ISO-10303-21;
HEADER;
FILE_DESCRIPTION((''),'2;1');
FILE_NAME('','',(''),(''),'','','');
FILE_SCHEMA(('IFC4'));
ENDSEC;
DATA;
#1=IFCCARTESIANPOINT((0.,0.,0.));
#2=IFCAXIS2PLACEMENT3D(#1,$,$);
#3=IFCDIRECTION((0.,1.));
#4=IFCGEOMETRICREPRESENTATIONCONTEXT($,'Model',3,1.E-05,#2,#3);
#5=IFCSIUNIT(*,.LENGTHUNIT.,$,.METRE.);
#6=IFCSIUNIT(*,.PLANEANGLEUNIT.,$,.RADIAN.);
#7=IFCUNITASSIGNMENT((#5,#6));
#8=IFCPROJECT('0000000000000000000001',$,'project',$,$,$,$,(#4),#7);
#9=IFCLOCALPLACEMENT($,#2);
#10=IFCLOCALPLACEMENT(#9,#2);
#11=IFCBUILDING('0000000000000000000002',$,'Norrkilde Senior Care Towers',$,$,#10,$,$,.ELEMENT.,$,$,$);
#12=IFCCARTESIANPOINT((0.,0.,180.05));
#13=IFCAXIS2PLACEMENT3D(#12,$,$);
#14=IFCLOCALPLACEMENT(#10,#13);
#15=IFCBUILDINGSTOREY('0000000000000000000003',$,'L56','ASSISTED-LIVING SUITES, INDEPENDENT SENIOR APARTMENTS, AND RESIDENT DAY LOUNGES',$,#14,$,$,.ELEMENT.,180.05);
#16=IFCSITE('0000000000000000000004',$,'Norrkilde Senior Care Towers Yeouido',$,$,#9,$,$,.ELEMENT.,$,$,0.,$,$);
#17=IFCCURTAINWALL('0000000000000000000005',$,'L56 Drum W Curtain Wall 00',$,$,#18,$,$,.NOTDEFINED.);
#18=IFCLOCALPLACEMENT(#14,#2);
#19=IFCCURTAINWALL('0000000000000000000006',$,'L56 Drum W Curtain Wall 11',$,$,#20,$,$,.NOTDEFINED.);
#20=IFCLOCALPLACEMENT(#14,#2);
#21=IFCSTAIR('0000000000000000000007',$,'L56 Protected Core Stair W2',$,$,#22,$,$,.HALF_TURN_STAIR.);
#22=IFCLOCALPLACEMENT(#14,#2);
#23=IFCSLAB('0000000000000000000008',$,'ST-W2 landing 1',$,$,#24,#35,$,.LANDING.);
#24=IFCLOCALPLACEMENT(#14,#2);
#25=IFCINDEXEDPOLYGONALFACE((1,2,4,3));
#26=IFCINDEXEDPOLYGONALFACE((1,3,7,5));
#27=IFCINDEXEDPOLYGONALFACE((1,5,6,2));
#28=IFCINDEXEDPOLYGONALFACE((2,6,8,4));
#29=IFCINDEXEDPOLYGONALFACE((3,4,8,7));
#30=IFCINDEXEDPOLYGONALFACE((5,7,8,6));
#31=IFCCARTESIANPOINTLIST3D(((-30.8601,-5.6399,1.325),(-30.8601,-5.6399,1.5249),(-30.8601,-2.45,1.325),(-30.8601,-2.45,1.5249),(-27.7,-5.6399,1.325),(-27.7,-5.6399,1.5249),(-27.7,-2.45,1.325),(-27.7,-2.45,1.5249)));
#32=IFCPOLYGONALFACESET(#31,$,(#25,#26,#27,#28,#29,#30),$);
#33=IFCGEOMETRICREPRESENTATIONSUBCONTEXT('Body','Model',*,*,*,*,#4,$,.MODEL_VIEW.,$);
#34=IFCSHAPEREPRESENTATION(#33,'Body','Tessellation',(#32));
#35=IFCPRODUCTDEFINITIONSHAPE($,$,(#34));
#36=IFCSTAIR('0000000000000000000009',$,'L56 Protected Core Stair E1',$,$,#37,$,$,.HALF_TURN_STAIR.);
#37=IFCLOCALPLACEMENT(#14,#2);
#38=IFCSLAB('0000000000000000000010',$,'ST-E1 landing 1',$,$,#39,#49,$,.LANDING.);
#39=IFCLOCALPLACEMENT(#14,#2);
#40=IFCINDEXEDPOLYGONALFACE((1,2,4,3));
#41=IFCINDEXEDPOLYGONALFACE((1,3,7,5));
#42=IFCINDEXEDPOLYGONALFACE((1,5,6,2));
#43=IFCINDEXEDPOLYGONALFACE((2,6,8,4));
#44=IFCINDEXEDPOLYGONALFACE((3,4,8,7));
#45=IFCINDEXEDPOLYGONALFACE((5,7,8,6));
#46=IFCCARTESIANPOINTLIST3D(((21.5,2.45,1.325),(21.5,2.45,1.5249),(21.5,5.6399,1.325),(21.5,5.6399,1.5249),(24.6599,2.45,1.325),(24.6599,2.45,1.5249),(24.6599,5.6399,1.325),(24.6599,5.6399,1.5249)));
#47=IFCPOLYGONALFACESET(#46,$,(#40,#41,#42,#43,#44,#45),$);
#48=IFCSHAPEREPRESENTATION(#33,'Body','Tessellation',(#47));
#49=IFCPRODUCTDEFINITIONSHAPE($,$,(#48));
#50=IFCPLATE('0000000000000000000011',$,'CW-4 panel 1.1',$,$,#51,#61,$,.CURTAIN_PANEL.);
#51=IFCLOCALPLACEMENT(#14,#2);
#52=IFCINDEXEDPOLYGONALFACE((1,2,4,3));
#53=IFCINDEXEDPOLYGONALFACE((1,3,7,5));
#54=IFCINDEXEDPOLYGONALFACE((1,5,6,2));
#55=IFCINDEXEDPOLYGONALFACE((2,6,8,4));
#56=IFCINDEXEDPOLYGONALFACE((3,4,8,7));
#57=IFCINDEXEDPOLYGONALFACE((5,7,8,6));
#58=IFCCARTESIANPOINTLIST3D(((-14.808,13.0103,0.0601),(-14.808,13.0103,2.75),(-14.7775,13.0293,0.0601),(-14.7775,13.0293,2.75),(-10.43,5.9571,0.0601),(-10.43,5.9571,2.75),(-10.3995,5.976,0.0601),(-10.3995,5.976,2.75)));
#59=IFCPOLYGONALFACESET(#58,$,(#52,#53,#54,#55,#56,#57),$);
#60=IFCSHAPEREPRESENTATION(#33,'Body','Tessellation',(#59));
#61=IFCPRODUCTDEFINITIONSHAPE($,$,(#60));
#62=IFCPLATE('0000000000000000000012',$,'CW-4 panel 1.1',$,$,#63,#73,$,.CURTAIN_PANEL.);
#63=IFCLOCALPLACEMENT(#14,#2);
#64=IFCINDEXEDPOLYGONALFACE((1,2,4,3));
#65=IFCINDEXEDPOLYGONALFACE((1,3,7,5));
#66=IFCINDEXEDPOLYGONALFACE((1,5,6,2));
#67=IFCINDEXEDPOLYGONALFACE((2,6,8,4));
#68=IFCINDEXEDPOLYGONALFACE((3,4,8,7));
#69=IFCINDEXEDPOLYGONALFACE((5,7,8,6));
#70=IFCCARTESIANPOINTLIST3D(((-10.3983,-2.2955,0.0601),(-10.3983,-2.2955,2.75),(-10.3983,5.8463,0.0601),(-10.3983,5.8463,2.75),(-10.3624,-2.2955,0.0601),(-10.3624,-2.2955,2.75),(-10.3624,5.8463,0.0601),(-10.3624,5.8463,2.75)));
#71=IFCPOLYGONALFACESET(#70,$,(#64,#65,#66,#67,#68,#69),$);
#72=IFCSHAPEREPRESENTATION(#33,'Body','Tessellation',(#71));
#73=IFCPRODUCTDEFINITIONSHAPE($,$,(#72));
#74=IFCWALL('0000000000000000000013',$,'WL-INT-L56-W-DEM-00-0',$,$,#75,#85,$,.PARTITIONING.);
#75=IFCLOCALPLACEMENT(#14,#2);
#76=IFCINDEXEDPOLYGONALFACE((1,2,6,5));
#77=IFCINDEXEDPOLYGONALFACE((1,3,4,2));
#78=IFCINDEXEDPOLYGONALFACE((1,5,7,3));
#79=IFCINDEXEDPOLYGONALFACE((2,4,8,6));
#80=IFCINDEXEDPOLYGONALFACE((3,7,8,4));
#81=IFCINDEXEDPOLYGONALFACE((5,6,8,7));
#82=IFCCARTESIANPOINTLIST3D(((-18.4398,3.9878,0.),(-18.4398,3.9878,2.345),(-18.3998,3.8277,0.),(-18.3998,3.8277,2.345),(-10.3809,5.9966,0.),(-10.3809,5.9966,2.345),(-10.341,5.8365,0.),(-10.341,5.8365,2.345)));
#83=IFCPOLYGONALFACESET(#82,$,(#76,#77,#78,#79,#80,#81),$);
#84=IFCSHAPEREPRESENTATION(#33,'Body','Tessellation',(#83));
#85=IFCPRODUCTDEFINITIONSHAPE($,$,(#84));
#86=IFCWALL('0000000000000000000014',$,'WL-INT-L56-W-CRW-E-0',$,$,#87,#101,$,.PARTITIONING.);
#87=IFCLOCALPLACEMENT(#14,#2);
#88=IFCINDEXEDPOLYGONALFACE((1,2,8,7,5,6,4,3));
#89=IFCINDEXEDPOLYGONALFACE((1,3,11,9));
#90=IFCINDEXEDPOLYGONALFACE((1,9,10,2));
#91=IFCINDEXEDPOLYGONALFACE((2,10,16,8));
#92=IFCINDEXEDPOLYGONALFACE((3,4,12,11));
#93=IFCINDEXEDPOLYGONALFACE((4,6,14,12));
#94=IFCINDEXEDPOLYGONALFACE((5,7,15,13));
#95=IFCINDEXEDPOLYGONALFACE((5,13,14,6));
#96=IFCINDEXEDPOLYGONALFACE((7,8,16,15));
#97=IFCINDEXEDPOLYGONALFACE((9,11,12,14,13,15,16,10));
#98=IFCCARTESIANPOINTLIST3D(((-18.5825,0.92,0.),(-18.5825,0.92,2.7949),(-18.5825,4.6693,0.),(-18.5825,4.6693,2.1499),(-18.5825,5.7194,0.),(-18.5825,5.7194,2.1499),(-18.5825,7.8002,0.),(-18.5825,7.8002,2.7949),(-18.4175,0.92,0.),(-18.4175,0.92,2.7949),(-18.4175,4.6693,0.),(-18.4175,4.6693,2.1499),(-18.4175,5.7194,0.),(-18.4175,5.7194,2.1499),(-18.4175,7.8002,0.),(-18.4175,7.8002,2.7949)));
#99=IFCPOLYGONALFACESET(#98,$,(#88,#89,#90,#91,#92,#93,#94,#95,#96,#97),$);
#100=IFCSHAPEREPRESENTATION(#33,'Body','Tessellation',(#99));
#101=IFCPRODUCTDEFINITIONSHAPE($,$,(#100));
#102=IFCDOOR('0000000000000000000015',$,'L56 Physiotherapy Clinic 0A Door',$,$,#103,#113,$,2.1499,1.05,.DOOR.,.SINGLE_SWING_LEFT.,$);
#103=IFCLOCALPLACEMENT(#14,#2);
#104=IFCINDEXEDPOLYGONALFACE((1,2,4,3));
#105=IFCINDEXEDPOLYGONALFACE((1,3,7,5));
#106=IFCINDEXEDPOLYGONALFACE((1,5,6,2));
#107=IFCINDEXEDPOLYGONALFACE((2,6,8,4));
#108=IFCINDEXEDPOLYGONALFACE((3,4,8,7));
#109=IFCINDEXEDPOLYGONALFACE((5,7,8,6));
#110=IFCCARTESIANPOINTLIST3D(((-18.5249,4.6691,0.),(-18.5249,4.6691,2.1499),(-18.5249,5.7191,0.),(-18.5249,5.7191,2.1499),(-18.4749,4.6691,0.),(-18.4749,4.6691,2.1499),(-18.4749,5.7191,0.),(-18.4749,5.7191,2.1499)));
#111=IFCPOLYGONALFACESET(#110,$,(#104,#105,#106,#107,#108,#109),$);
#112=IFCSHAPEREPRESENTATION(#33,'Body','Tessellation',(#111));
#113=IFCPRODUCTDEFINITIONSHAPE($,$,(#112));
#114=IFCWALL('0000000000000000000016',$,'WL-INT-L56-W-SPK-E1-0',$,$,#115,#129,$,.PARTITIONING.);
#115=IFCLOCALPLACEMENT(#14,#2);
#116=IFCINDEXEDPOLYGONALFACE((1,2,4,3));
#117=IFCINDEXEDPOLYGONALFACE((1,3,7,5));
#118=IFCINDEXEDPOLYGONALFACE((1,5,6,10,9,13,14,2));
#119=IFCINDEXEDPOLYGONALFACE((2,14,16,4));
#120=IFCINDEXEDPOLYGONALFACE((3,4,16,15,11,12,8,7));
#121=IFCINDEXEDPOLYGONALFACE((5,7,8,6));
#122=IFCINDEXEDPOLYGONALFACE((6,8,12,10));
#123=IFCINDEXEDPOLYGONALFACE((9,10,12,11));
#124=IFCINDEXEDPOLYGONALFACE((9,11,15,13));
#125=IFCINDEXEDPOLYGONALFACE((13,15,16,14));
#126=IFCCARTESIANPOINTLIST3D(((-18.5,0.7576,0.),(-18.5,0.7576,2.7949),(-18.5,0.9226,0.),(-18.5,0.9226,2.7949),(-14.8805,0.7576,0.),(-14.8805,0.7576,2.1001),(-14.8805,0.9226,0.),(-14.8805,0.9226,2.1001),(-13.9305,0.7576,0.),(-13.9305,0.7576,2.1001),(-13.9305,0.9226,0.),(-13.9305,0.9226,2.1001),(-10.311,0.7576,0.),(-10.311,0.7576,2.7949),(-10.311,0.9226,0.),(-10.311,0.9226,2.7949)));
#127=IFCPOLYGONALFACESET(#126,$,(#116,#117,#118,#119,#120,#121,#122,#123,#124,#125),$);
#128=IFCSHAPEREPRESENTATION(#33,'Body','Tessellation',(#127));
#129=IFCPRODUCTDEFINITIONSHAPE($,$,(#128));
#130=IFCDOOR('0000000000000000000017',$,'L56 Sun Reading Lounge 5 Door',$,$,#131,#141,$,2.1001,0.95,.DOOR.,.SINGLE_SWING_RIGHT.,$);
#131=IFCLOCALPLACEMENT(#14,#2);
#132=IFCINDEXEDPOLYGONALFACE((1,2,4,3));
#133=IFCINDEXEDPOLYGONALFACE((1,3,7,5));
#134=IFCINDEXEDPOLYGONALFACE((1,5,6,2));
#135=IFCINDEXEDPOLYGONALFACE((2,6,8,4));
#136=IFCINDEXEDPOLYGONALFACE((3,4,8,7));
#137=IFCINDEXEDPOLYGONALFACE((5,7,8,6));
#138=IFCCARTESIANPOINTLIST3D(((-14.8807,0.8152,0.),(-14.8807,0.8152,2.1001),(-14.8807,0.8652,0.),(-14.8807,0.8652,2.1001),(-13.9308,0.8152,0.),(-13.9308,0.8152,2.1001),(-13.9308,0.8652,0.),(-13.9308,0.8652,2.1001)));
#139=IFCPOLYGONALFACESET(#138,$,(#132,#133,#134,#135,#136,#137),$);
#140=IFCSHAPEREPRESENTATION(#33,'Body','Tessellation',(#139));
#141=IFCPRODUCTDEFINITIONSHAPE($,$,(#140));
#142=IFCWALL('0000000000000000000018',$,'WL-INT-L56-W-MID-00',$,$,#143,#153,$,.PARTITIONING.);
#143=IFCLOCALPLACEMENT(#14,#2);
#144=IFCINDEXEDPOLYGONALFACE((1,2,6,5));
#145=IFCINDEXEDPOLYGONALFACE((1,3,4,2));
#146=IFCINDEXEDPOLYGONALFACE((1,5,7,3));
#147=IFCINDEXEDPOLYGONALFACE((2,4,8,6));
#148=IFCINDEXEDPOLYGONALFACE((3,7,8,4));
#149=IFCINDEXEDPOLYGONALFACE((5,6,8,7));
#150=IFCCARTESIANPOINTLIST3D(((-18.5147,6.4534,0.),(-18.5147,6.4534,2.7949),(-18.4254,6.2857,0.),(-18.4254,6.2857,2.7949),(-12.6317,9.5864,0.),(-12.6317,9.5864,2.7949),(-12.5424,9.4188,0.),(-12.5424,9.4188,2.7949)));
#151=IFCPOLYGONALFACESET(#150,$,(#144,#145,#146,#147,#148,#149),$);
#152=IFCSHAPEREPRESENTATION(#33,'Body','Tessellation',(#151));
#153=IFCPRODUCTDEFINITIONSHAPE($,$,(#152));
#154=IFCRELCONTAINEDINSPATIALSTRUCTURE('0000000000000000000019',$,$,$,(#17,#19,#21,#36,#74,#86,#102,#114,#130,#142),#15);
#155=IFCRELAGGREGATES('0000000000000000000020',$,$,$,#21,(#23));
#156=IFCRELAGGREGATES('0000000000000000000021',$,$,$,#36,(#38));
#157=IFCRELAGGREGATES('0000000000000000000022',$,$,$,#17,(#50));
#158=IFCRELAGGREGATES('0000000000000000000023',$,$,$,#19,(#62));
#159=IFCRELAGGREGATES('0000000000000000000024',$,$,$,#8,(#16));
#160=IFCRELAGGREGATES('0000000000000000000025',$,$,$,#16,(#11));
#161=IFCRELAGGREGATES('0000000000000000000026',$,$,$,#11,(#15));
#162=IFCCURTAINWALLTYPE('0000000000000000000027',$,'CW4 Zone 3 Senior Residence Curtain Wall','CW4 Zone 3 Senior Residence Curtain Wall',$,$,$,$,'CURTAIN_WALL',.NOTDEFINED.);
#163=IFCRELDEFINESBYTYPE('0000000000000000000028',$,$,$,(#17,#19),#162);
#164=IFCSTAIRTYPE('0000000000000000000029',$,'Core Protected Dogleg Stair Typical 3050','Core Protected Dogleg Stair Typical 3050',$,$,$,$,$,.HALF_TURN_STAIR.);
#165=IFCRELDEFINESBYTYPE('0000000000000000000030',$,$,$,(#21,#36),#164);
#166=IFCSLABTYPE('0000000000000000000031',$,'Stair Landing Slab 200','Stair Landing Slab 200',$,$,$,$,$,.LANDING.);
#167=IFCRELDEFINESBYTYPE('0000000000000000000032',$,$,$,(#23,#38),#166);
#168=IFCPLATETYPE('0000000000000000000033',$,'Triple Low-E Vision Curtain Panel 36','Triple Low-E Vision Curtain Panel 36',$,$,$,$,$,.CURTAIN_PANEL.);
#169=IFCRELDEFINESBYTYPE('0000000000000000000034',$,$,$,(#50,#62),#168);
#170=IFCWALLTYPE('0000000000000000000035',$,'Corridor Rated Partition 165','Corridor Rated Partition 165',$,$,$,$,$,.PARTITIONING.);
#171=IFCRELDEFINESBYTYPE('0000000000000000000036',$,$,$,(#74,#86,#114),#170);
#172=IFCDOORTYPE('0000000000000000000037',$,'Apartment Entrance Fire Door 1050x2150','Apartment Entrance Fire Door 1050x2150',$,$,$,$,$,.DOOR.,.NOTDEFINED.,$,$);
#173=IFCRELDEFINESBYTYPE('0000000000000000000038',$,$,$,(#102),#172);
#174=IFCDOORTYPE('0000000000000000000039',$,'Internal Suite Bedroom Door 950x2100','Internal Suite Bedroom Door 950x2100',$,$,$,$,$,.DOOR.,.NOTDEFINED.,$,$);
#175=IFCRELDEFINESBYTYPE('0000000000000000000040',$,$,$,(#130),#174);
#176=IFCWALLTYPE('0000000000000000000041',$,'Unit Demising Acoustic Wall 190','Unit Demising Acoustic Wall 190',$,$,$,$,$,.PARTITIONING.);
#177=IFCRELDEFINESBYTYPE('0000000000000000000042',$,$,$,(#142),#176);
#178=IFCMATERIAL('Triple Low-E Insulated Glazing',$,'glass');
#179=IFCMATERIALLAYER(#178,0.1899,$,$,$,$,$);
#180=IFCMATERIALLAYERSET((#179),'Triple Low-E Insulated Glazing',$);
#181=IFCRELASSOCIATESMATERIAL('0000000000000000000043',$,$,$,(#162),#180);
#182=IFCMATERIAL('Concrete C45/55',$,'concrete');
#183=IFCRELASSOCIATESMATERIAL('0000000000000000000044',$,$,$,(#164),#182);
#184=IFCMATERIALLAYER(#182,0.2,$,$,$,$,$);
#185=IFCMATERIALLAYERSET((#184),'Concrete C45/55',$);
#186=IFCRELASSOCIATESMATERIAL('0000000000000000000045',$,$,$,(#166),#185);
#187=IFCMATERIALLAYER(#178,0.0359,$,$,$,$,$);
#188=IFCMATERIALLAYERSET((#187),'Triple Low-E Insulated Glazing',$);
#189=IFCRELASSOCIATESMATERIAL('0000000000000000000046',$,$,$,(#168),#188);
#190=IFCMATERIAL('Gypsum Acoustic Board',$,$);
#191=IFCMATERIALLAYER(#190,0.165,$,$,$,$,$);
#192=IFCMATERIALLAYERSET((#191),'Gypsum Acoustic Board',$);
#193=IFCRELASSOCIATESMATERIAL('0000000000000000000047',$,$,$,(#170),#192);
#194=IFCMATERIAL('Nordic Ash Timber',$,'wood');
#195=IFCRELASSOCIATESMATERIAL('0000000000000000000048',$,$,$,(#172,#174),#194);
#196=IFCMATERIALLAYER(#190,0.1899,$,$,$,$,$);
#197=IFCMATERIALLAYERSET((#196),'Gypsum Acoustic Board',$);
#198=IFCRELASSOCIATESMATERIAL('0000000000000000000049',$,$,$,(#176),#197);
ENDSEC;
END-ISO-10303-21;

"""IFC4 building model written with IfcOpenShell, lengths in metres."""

from ifc_helpers import new_model, si_unit, direction, frame, frame_2d, origin, origin_2d, place, context, subcontext, project, spatial, polyline, rectangle, outline, extrude, source, transform, mapped, material, layer, layer_set, type_object, type_shapes, element, fill, aggregate, save


model = new_model("IFC4")

# Units and contexts
model_context = context("Model", 3, precision=1e-05, world=origin(), true_north=direction((0.0, 1.0)))
body_context = subcontext(model_context, "Body", "Model", "MODEL_VIEW")
ifc_project = project(units=[si_unit("LENGTHUNIT", "METRE"), si_unit("PLANEANGLEUNIT", "RADIAN")], contexts=[model_context])

# Site, building, storey
site_placement = place(None, origin())
site = spatial("IfcSite", under=ifc_project, at=site_placement, Name="Norrkilde Senior Care Towers Yeouido", CompositionType="ELEMENT", RefElevation=0.0)
building_placement = place(site_placement, origin())
building = spatial("IfcBuilding", under=site, at=building_placement, Name="Norrkilde Senior Care Towers", CompositionType="ELEMENT")
storey_placement = place(building_placement, frame((0.0, 0.0, 180.05)))
storey = spatial("IfcBuildingStorey", under=building, at=storey_placement, Name="L56", Description="ASSISTED-LIVING SUITES, INDEPENDENT SENIOR APARTMENTS, AND RESIDENT DAY LOUNGES", CompositionType="ELEMENT", Elevation=180.05)

# Curtain wall
ifc_material_1 = material(Name="Triple Low-E Insulated Glazing", Category="glass")
ifc_layer_1 = layer(ifc_material_1, 0.1899)
ifc_layer_set_1 = layer_set([ifc_layer_1], Name="Triple Low-E Insulated Glazing")
curtain_wall_type = type_object("IfcCurtainWallType", Name="CW4 Zone 3 Senior Residence Curtain Wall", Description="CW4 Zone 3 Senior Residence Curtain Wall", ElementType="CURTAIN_WALL", PredefinedType="NOTDEFINED", material=ifc_layer_set_1)
curtain_wall_1_placement = place(storey_placement, origin())
curtain_wall_1 = element("IfcCurtainWall", 1, at=curtain_wall_1_placement, inside=storey, type_object=curtain_wall_type, Name="L56 Drum W Curtain Wall 00", PredefinedType="NOTDEFINED")

# Curtain wall
curtain_wall_2_placement = place(storey_placement, origin())
curtain_wall_2 = element("IfcCurtainWall", 2, at=curtain_wall_2_placement, inside=storey, type_object=curtain_wall_type, Name="L56 Drum W Curtain Wall 11", PredefinedType="NOTDEFINED")

# Stairs, slabs
ifc_material_2 = material(Name="Concrete C45/55", Category="concrete")
stair_type = type_object("IfcStairType", Name="Core Protected Dogleg Stair Typical 3050", Description="Core Protected Dogleg Stair Typical 3050", PredefinedType="HALF_TURN_STAIR", material=ifc_material_2)
ifc_layer_2 = layer(ifc_material_2, 0.2)
ifc_layer_set_2 = layer_set([ifc_layer_2], Name="Concrete C45/55")
slab_type = type_object("IfcSlabType", Name="Stair Landing Slab 200", Description="Stair Landing Slab 200", PredefinedType="LANDING", material=ifc_layer_set_2)
stair_1_placement = place(storey_placement, origin())
stair_1 = element("IfcStair", 3, at=stair_1_placement, inside=storey, type_object=stair_type, Name="L56 Protected Core Stair W2", PredefinedType="HALF_TURN_STAIR")
slab_1_placement = place(storey_placement, frame((0.0, 0.0, 1.325)))
slab_1 = element("IfcSlab", 4, at=slab_1_placement, type_object=slab_type, Name="ST-W2 landing 1", PredefinedType="LANDING", context=body_context, shape_type="SweptSolid", body=[
    extrude(outline(polyline([(-30.8601, -5.6399), (-27.7, -5.6399), (-27.7, -2.45), (-30.8601, -2.45), (-30.8601, -5.6399)])), origin(), (0.0, 0.0, 1.0), 0.2),
])
aggregate(stair_1, [slab_1])
stair_2_placement = place(storey_placement, origin())
stair_2 = element("IfcStair", 5, at=stair_2_placement, inside=storey, type_object=stair_type, Name="L56 Protected Core Stair E1", PredefinedType="HALF_TURN_STAIR")
slab_2_placement = place(storey_placement, frame((0.0, 0.0, 1.325)))
slab_2 = element("IfcSlab", 6, at=slab_2_placement, type_object=slab_type, Name="ST-E1 landing 1", PredefinedType="LANDING", context=body_context, shape_type="SweptSolid", body=[
    extrude(outline(polyline([(24.6599, 5.6399), (21.5, 5.6399), (21.5, 2.45), (24.6599, 2.45), (24.6599, 5.6399)])), origin(), (0.0, 0.0, 1.0), 0.2),
])
aggregate(stair_2, [slab_2])

# Plates
ifc_layer_3 = layer(ifc_material_1, 0.0359)
ifc_layer_set_3 = layer_set([ifc_layer_3], Name="Triple Low-E Insulated Glazing")
plate_type = type_object("IfcPlateType", Name="Triple Low-E Vision Curtain Panel 36", Description="Triple Low-E Vision Curtain Panel 36", PredefinedType="CURTAIN_PANEL", material=ifc_layer_set_3)
shared_shape_1 = source(origin(), body_context, "Body", "SweptSolid", [
    extrude(rectangle(XDim=8.3015, YDim=0.0359, at=origin_2d()), origin(), (0.0, 0.0, 1.0), 2.6899),
])
plate_1_placement = place(storey_placement, frame((-12.6038, 9.4932, 0.0601), z_axis=(0.0, 0.0, 1.0), x_axis=(0.527373, -0.849634, 0.0)))
plate_1 = element("IfcPlate", 7, at=plate_1_placement, type_object=plate_type, Name="CW-4 panel 1.1", PredefinedType="CURTAIN_PANEL", context=body_context, shape_type="MappedRepresentation", body=[
    mapped(shared_shape_1, transform((0.0, 0.0, 0.0), x_axis=(1.0, 0.0, 0.0), y_axis=(0.0, 1.0, 0.0), z_axis=(0.0, 0.0, 1.0), scale=1.0)),
])
aggregate(curtain_wall_1, [plate_1])
shared_shape_2 = source(origin(), body_context, "Body", "SweptSolid", [
    extrude(rectangle(XDim=8.1418, YDim=0.0359, at=origin_2d()), origin(), (0.0, 0.0, 1.0), 2.6899),
])
type_shapes(plate_type, [shared_shape_1, shared_shape_2])
plate_2_placement = place(storey_placement, frame((-10.3804, 1.7754, 0.0601), z_axis=(0.0, 0.0, 1.0), x_axis=(0.0, -1.0, 0.0)))
plate_2 = element("IfcPlate", 8, at=plate_2_placement, type_object=plate_type, Name="CW-4 panel 1.1", PredefinedType="CURTAIN_PANEL", context=body_context, shape_type="MappedRepresentation", body=[
    mapped(shared_shape_2, transform((0.0, 0.0, 0.0), x_axis=(1.0, 0.0, 0.0), y_axis=(0.0, 1.0, 0.0), z_axis=(0.0, 0.0, 1.0), scale=1.0)),
])
aggregate(curtain_wall_2, [plate_2])

# Wall
ifc_material_3 = material(Name="Gypsum Acoustic Board")
ifc_layer_4 = layer(ifc_material_3, 0.165)
ifc_layer_set_4 = layer_set([ifc_layer_4], Name="Gypsum Acoustic Board")
wall_type_1 = type_object("IfcWallType", Name="Corridor Rated Partition 165", Description="Corridor Rated Partition 165", PredefinedType="PARTITIONING", material=ifc_layer_set_4)
shared_shape_3 = source(origin(), body_context, "Body", "SweptSolid", [
    extrude(rectangle(XDim=8.3054, YDim=0.165, at=frame_2d((4.1528, 0.0))), origin(), (0.0, 0.0, 1.0), 2.345),
])
wall_1_placement = place(storey_placement, frame((-18.4199, 3.9077, 0.0), z_axis=(0.0, 0.0, 1.0), x_axis=(0.97031, 0.241865, 0.0)))
element("IfcWall", 9, at=wall_1_placement, inside=storey, type_object=wall_type_1, Name="WL-INT-L56-W-DEM-00-0", PredefinedType="PARTITIONING", context=body_context, shape_type="MappedRepresentation", body=[
    mapped(shared_shape_3, transform((0.0, 0.0, 0.0), x_axis=(1.0, 0.0, 0.0), y_axis=(0.0, 1.0, 0.0), z_axis=(0.0, 0.0, 1.0), scale=1.0)),
])

# Walls, openings, doors
shared_shape_4 = source(origin(), body_context, "Body", "SweptSolid", [
    extrude(rectangle(XDim=6.8801, YDim=0.165, at=frame_2d((3.4399, 0.0))), origin(), (0.0, 0.0, 1.0), 2.7949),
])
wall_2_placement = place(storey_placement, frame((-18.5, 7.8, 0.0), z_axis=(0.0, 0.0, 1.0), x_axis=(0.0, -1.0, 0.0)))
wall_2 = element("IfcWall", 10, at=wall_2_placement, inside=storey, type_object=wall_type_1, Name="WL-INT-L56-W-CRW-E-0", PredefinedType="PARTITIONING", context=body_context, shape_type="MappedRepresentation", body=[
    mapped(shared_shape_4, transform((0.0, 0.0, 0.0), x_axis=(1.0, 0.0, 0.0), y_axis=(0.0, 1.0, 0.0), z_axis=(0.0, 0.0, 1.0), scale=1.0)),
])
opening_1_placement = place(wall_2_placement, frame((2.0808, 0.0, 0.0)))
opening_1 = element("IfcOpeningElement", 11, at=opening_1_placement, cuts=wall_2, PredefinedType="OPENING", context=body_context, shape_type="SweptSolid", body=[
    extrude(rectangle(XDim=1.05, YDim=2.1499, at=frame_2d((0.5249, 1.075))), frame((0.0, 0.0925, 0.0), z_axis=(0.0, -1.0, 0.0), x_axis=(1.0, 0.0, 0.0)), (0.0, 0.0, 1.0), 0.1851),
])
ifc_material_4 = material(Name="Nordic Ash Timber", Category="wood")
door_type_1 = type_object("IfcDoorType", Name="Apartment Entrance Fire Door 1050x2150", Description="Apartment Entrance Fire Door 1050x2150", OperationType="NOTDEFINED", PredefinedType="DOOR", material=ifc_material_4)
shared_shape_5 = source(origin(), body_context, "Body", "SweptSolid", [
    extrude(rectangle(XDim=1.05, YDim=2.1499, at=frame_2d((0.5249, 1.075))), frame((0.0, 0.0249, 0.0), z_axis=(0.0, -1.0, 0.0), x_axis=(1.0, 0.0, 0.0)), (0.0, 0.0, 1.0), 0.05),
])
type_shapes(door_type_1, [shared_shape_5])
door_1_placement = place(opening_1_placement, frame((1.05, 0.0, 0.0), z_axis=(0.0, 0.0, 1.0), x_axis=(-1.0, 0.0, 0.0)))
door_1 = element("IfcDoor", 12, at=door_1_placement, inside=storey, type_object=door_type_1, Name="L56 Physiotherapy Clinic 0A Door", OperationType="SINGLE_SWING_LEFT", OverallHeight=2.1499, OverallWidth=1.05, PredefinedType="DOOR", context=body_context, shape_type="MappedRepresentation", body=[
    mapped(shared_shape_5, transform((0.0, 0.0, 0.0), x_axis=(1.0, 0.0, 0.0), y_axis=(0.0, 1.0, 0.0), z_axis=(0.0, 0.0, 1.0), scale=1.0)),
])
fill(opening_1, door_1)
shared_shape_6 = source(origin(), body_context, "Body", "SweptSolid", [
    extrude(rectangle(XDim=8.189, YDim=0.165, at=frame_2d((4.0945, 0.0))), origin(), (0.0, 0.0, 1.0), 2.7949),
])
type_shapes(wall_type_1, [shared_shape_3, shared_shape_4, shared_shape_6])
wall_3_placement = place(storey_placement, frame((-18.5, 0.8401, 0.0), z_axis=(0.0, 0.0, 1.0), x_axis=(1.0, 0.0, 0.0)))
wall_3 = element("IfcWall", 13, at=wall_3_placement, inside=storey, type_object=wall_type_1, Name="WL-INT-L56-W-SPK-E1-0", PredefinedType="PARTITIONING", context=body_context, shape_type="MappedRepresentation", body=[
    mapped(shared_shape_6, transform((0.0, 0.0, 0.0), x_axis=(1.0, 0.0, 0.0), y_axis=(0.0, 1.0, 0.0), z_axis=(0.0, 0.0, 1.0), scale=1.0)),
])
opening_2_placement = place(wall_3_placement, frame((3.6194, 0.0, 0.0)))
opening_2 = element("IfcOpeningElement", 14, at=opening_2_placement, cuts=wall_3, PredefinedType="OPENING", context=body_context, shape_type="SweptSolid", body=[
    extrude(rectangle(XDim=0.95, YDim=2.1001, at=frame_2d((0.4751, 1.05))), frame((0.0, 0.0925, 0.0), z_axis=(0.0, -1.0, 0.0), x_axis=(1.0, 0.0, 0.0)), (0.0, 0.0, 1.0), 0.1851),
])
door_type_2 = type_object("IfcDoorType", Name="Internal Suite Bedroom Door 950x2100", Description="Internal Suite Bedroom Door 950x2100", OperationType="NOTDEFINED", PredefinedType="DOOR", material=ifc_material_4)
shared_shape_7 = source(origin(), body_context, "Body", "SweptSolid", [
    extrude(rectangle(XDim=0.95, YDim=2.1001, at=frame_2d((0.4751, 1.05))), frame((0.0, 0.0249, 0.0), z_axis=(0.0, -1.0, 0.0), x_axis=(1.0, 0.0, 0.0)), (0.0, 0.0, 1.0), 0.05),
])
type_shapes(door_type_2, [shared_shape_7])
door_2_placement = place(opening_2_placement, frame((0.95, 0.0, 0.0), z_axis=(0.0, 0.0, 1.0), x_axis=(-1.0, 0.0, 0.0)))
door_2 = element("IfcDoor", 15, at=door_2_placement, inside=storey, type_object=door_type_2, Name="L56 Sun Reading Lounge 5 Door", OperationType="SINGLE_SWING_RIGHT", OverallHeight=2.1001, OverallWidth=0.95, PredefinedType="DOOR", context=body_context, shape_type="MappedRepresentation", body=[
    mapped(shared_shape_7, transform((0.0, 0.0, 0.0), x_axis=(1.0, 0.0, 0.0), y_axis=(0.0, 1.0, 0.0), z_axis=(0.0, 0.0, 1.0), scale=1.0)),
])
fill(opening_2, door_2)

# Wall
ifc_layer_5 = layer(ifc_material_3, 0.1899)
ifc_layer_set_5 = layer_set([ifc_layer_5], Name="Gypsum Acoustic Board")
wall_type_2 = type_object("IfcWallType", Name="Unit Demising Acoustic Wall 190", Description="Unit Demising Acoustic Wall 190", PredefinedType="PARTITIONING", material=ifc_layer_set_5)
shared_shape_8 = source(origin(), body_context, "Body", "SweptSolid", [
    extrude(rectangle(XDim=6.6653, YDim=0.1899, at=frame_2d((3.3325, 0.0))), origin(), (0.0, 0.0, 1.0), 2.7949),
])
type_shapes(wall_type_2, [shared_shape_8])
wall_4_placement = place(storey_placement, frame((-18.47, 6.3696, 0.0), z_axis=(0.0, 0.0, 1.0), x_axis=(0.882638, 0.470054, 0.0)))
element("IfcWall", 16, at=wall_4_placement, inside=storey, type_object=wall_type_2, Name="WL-INT-L56-W-MID-00", PredefinedType="PARTITIONING", context=body_context, shape_type="MappedRepresentation", body=[
    mapped(shared_shape_8, transform((0.0, 0.0, 0.0), x_axis=(1.0, 0.0, 0.0), y_axis=(0.0, 1.0, 0.0), z_axis=(0.0, 0.0, 1.0), scale=1.0)),
])

save(model, "model.ifc")
